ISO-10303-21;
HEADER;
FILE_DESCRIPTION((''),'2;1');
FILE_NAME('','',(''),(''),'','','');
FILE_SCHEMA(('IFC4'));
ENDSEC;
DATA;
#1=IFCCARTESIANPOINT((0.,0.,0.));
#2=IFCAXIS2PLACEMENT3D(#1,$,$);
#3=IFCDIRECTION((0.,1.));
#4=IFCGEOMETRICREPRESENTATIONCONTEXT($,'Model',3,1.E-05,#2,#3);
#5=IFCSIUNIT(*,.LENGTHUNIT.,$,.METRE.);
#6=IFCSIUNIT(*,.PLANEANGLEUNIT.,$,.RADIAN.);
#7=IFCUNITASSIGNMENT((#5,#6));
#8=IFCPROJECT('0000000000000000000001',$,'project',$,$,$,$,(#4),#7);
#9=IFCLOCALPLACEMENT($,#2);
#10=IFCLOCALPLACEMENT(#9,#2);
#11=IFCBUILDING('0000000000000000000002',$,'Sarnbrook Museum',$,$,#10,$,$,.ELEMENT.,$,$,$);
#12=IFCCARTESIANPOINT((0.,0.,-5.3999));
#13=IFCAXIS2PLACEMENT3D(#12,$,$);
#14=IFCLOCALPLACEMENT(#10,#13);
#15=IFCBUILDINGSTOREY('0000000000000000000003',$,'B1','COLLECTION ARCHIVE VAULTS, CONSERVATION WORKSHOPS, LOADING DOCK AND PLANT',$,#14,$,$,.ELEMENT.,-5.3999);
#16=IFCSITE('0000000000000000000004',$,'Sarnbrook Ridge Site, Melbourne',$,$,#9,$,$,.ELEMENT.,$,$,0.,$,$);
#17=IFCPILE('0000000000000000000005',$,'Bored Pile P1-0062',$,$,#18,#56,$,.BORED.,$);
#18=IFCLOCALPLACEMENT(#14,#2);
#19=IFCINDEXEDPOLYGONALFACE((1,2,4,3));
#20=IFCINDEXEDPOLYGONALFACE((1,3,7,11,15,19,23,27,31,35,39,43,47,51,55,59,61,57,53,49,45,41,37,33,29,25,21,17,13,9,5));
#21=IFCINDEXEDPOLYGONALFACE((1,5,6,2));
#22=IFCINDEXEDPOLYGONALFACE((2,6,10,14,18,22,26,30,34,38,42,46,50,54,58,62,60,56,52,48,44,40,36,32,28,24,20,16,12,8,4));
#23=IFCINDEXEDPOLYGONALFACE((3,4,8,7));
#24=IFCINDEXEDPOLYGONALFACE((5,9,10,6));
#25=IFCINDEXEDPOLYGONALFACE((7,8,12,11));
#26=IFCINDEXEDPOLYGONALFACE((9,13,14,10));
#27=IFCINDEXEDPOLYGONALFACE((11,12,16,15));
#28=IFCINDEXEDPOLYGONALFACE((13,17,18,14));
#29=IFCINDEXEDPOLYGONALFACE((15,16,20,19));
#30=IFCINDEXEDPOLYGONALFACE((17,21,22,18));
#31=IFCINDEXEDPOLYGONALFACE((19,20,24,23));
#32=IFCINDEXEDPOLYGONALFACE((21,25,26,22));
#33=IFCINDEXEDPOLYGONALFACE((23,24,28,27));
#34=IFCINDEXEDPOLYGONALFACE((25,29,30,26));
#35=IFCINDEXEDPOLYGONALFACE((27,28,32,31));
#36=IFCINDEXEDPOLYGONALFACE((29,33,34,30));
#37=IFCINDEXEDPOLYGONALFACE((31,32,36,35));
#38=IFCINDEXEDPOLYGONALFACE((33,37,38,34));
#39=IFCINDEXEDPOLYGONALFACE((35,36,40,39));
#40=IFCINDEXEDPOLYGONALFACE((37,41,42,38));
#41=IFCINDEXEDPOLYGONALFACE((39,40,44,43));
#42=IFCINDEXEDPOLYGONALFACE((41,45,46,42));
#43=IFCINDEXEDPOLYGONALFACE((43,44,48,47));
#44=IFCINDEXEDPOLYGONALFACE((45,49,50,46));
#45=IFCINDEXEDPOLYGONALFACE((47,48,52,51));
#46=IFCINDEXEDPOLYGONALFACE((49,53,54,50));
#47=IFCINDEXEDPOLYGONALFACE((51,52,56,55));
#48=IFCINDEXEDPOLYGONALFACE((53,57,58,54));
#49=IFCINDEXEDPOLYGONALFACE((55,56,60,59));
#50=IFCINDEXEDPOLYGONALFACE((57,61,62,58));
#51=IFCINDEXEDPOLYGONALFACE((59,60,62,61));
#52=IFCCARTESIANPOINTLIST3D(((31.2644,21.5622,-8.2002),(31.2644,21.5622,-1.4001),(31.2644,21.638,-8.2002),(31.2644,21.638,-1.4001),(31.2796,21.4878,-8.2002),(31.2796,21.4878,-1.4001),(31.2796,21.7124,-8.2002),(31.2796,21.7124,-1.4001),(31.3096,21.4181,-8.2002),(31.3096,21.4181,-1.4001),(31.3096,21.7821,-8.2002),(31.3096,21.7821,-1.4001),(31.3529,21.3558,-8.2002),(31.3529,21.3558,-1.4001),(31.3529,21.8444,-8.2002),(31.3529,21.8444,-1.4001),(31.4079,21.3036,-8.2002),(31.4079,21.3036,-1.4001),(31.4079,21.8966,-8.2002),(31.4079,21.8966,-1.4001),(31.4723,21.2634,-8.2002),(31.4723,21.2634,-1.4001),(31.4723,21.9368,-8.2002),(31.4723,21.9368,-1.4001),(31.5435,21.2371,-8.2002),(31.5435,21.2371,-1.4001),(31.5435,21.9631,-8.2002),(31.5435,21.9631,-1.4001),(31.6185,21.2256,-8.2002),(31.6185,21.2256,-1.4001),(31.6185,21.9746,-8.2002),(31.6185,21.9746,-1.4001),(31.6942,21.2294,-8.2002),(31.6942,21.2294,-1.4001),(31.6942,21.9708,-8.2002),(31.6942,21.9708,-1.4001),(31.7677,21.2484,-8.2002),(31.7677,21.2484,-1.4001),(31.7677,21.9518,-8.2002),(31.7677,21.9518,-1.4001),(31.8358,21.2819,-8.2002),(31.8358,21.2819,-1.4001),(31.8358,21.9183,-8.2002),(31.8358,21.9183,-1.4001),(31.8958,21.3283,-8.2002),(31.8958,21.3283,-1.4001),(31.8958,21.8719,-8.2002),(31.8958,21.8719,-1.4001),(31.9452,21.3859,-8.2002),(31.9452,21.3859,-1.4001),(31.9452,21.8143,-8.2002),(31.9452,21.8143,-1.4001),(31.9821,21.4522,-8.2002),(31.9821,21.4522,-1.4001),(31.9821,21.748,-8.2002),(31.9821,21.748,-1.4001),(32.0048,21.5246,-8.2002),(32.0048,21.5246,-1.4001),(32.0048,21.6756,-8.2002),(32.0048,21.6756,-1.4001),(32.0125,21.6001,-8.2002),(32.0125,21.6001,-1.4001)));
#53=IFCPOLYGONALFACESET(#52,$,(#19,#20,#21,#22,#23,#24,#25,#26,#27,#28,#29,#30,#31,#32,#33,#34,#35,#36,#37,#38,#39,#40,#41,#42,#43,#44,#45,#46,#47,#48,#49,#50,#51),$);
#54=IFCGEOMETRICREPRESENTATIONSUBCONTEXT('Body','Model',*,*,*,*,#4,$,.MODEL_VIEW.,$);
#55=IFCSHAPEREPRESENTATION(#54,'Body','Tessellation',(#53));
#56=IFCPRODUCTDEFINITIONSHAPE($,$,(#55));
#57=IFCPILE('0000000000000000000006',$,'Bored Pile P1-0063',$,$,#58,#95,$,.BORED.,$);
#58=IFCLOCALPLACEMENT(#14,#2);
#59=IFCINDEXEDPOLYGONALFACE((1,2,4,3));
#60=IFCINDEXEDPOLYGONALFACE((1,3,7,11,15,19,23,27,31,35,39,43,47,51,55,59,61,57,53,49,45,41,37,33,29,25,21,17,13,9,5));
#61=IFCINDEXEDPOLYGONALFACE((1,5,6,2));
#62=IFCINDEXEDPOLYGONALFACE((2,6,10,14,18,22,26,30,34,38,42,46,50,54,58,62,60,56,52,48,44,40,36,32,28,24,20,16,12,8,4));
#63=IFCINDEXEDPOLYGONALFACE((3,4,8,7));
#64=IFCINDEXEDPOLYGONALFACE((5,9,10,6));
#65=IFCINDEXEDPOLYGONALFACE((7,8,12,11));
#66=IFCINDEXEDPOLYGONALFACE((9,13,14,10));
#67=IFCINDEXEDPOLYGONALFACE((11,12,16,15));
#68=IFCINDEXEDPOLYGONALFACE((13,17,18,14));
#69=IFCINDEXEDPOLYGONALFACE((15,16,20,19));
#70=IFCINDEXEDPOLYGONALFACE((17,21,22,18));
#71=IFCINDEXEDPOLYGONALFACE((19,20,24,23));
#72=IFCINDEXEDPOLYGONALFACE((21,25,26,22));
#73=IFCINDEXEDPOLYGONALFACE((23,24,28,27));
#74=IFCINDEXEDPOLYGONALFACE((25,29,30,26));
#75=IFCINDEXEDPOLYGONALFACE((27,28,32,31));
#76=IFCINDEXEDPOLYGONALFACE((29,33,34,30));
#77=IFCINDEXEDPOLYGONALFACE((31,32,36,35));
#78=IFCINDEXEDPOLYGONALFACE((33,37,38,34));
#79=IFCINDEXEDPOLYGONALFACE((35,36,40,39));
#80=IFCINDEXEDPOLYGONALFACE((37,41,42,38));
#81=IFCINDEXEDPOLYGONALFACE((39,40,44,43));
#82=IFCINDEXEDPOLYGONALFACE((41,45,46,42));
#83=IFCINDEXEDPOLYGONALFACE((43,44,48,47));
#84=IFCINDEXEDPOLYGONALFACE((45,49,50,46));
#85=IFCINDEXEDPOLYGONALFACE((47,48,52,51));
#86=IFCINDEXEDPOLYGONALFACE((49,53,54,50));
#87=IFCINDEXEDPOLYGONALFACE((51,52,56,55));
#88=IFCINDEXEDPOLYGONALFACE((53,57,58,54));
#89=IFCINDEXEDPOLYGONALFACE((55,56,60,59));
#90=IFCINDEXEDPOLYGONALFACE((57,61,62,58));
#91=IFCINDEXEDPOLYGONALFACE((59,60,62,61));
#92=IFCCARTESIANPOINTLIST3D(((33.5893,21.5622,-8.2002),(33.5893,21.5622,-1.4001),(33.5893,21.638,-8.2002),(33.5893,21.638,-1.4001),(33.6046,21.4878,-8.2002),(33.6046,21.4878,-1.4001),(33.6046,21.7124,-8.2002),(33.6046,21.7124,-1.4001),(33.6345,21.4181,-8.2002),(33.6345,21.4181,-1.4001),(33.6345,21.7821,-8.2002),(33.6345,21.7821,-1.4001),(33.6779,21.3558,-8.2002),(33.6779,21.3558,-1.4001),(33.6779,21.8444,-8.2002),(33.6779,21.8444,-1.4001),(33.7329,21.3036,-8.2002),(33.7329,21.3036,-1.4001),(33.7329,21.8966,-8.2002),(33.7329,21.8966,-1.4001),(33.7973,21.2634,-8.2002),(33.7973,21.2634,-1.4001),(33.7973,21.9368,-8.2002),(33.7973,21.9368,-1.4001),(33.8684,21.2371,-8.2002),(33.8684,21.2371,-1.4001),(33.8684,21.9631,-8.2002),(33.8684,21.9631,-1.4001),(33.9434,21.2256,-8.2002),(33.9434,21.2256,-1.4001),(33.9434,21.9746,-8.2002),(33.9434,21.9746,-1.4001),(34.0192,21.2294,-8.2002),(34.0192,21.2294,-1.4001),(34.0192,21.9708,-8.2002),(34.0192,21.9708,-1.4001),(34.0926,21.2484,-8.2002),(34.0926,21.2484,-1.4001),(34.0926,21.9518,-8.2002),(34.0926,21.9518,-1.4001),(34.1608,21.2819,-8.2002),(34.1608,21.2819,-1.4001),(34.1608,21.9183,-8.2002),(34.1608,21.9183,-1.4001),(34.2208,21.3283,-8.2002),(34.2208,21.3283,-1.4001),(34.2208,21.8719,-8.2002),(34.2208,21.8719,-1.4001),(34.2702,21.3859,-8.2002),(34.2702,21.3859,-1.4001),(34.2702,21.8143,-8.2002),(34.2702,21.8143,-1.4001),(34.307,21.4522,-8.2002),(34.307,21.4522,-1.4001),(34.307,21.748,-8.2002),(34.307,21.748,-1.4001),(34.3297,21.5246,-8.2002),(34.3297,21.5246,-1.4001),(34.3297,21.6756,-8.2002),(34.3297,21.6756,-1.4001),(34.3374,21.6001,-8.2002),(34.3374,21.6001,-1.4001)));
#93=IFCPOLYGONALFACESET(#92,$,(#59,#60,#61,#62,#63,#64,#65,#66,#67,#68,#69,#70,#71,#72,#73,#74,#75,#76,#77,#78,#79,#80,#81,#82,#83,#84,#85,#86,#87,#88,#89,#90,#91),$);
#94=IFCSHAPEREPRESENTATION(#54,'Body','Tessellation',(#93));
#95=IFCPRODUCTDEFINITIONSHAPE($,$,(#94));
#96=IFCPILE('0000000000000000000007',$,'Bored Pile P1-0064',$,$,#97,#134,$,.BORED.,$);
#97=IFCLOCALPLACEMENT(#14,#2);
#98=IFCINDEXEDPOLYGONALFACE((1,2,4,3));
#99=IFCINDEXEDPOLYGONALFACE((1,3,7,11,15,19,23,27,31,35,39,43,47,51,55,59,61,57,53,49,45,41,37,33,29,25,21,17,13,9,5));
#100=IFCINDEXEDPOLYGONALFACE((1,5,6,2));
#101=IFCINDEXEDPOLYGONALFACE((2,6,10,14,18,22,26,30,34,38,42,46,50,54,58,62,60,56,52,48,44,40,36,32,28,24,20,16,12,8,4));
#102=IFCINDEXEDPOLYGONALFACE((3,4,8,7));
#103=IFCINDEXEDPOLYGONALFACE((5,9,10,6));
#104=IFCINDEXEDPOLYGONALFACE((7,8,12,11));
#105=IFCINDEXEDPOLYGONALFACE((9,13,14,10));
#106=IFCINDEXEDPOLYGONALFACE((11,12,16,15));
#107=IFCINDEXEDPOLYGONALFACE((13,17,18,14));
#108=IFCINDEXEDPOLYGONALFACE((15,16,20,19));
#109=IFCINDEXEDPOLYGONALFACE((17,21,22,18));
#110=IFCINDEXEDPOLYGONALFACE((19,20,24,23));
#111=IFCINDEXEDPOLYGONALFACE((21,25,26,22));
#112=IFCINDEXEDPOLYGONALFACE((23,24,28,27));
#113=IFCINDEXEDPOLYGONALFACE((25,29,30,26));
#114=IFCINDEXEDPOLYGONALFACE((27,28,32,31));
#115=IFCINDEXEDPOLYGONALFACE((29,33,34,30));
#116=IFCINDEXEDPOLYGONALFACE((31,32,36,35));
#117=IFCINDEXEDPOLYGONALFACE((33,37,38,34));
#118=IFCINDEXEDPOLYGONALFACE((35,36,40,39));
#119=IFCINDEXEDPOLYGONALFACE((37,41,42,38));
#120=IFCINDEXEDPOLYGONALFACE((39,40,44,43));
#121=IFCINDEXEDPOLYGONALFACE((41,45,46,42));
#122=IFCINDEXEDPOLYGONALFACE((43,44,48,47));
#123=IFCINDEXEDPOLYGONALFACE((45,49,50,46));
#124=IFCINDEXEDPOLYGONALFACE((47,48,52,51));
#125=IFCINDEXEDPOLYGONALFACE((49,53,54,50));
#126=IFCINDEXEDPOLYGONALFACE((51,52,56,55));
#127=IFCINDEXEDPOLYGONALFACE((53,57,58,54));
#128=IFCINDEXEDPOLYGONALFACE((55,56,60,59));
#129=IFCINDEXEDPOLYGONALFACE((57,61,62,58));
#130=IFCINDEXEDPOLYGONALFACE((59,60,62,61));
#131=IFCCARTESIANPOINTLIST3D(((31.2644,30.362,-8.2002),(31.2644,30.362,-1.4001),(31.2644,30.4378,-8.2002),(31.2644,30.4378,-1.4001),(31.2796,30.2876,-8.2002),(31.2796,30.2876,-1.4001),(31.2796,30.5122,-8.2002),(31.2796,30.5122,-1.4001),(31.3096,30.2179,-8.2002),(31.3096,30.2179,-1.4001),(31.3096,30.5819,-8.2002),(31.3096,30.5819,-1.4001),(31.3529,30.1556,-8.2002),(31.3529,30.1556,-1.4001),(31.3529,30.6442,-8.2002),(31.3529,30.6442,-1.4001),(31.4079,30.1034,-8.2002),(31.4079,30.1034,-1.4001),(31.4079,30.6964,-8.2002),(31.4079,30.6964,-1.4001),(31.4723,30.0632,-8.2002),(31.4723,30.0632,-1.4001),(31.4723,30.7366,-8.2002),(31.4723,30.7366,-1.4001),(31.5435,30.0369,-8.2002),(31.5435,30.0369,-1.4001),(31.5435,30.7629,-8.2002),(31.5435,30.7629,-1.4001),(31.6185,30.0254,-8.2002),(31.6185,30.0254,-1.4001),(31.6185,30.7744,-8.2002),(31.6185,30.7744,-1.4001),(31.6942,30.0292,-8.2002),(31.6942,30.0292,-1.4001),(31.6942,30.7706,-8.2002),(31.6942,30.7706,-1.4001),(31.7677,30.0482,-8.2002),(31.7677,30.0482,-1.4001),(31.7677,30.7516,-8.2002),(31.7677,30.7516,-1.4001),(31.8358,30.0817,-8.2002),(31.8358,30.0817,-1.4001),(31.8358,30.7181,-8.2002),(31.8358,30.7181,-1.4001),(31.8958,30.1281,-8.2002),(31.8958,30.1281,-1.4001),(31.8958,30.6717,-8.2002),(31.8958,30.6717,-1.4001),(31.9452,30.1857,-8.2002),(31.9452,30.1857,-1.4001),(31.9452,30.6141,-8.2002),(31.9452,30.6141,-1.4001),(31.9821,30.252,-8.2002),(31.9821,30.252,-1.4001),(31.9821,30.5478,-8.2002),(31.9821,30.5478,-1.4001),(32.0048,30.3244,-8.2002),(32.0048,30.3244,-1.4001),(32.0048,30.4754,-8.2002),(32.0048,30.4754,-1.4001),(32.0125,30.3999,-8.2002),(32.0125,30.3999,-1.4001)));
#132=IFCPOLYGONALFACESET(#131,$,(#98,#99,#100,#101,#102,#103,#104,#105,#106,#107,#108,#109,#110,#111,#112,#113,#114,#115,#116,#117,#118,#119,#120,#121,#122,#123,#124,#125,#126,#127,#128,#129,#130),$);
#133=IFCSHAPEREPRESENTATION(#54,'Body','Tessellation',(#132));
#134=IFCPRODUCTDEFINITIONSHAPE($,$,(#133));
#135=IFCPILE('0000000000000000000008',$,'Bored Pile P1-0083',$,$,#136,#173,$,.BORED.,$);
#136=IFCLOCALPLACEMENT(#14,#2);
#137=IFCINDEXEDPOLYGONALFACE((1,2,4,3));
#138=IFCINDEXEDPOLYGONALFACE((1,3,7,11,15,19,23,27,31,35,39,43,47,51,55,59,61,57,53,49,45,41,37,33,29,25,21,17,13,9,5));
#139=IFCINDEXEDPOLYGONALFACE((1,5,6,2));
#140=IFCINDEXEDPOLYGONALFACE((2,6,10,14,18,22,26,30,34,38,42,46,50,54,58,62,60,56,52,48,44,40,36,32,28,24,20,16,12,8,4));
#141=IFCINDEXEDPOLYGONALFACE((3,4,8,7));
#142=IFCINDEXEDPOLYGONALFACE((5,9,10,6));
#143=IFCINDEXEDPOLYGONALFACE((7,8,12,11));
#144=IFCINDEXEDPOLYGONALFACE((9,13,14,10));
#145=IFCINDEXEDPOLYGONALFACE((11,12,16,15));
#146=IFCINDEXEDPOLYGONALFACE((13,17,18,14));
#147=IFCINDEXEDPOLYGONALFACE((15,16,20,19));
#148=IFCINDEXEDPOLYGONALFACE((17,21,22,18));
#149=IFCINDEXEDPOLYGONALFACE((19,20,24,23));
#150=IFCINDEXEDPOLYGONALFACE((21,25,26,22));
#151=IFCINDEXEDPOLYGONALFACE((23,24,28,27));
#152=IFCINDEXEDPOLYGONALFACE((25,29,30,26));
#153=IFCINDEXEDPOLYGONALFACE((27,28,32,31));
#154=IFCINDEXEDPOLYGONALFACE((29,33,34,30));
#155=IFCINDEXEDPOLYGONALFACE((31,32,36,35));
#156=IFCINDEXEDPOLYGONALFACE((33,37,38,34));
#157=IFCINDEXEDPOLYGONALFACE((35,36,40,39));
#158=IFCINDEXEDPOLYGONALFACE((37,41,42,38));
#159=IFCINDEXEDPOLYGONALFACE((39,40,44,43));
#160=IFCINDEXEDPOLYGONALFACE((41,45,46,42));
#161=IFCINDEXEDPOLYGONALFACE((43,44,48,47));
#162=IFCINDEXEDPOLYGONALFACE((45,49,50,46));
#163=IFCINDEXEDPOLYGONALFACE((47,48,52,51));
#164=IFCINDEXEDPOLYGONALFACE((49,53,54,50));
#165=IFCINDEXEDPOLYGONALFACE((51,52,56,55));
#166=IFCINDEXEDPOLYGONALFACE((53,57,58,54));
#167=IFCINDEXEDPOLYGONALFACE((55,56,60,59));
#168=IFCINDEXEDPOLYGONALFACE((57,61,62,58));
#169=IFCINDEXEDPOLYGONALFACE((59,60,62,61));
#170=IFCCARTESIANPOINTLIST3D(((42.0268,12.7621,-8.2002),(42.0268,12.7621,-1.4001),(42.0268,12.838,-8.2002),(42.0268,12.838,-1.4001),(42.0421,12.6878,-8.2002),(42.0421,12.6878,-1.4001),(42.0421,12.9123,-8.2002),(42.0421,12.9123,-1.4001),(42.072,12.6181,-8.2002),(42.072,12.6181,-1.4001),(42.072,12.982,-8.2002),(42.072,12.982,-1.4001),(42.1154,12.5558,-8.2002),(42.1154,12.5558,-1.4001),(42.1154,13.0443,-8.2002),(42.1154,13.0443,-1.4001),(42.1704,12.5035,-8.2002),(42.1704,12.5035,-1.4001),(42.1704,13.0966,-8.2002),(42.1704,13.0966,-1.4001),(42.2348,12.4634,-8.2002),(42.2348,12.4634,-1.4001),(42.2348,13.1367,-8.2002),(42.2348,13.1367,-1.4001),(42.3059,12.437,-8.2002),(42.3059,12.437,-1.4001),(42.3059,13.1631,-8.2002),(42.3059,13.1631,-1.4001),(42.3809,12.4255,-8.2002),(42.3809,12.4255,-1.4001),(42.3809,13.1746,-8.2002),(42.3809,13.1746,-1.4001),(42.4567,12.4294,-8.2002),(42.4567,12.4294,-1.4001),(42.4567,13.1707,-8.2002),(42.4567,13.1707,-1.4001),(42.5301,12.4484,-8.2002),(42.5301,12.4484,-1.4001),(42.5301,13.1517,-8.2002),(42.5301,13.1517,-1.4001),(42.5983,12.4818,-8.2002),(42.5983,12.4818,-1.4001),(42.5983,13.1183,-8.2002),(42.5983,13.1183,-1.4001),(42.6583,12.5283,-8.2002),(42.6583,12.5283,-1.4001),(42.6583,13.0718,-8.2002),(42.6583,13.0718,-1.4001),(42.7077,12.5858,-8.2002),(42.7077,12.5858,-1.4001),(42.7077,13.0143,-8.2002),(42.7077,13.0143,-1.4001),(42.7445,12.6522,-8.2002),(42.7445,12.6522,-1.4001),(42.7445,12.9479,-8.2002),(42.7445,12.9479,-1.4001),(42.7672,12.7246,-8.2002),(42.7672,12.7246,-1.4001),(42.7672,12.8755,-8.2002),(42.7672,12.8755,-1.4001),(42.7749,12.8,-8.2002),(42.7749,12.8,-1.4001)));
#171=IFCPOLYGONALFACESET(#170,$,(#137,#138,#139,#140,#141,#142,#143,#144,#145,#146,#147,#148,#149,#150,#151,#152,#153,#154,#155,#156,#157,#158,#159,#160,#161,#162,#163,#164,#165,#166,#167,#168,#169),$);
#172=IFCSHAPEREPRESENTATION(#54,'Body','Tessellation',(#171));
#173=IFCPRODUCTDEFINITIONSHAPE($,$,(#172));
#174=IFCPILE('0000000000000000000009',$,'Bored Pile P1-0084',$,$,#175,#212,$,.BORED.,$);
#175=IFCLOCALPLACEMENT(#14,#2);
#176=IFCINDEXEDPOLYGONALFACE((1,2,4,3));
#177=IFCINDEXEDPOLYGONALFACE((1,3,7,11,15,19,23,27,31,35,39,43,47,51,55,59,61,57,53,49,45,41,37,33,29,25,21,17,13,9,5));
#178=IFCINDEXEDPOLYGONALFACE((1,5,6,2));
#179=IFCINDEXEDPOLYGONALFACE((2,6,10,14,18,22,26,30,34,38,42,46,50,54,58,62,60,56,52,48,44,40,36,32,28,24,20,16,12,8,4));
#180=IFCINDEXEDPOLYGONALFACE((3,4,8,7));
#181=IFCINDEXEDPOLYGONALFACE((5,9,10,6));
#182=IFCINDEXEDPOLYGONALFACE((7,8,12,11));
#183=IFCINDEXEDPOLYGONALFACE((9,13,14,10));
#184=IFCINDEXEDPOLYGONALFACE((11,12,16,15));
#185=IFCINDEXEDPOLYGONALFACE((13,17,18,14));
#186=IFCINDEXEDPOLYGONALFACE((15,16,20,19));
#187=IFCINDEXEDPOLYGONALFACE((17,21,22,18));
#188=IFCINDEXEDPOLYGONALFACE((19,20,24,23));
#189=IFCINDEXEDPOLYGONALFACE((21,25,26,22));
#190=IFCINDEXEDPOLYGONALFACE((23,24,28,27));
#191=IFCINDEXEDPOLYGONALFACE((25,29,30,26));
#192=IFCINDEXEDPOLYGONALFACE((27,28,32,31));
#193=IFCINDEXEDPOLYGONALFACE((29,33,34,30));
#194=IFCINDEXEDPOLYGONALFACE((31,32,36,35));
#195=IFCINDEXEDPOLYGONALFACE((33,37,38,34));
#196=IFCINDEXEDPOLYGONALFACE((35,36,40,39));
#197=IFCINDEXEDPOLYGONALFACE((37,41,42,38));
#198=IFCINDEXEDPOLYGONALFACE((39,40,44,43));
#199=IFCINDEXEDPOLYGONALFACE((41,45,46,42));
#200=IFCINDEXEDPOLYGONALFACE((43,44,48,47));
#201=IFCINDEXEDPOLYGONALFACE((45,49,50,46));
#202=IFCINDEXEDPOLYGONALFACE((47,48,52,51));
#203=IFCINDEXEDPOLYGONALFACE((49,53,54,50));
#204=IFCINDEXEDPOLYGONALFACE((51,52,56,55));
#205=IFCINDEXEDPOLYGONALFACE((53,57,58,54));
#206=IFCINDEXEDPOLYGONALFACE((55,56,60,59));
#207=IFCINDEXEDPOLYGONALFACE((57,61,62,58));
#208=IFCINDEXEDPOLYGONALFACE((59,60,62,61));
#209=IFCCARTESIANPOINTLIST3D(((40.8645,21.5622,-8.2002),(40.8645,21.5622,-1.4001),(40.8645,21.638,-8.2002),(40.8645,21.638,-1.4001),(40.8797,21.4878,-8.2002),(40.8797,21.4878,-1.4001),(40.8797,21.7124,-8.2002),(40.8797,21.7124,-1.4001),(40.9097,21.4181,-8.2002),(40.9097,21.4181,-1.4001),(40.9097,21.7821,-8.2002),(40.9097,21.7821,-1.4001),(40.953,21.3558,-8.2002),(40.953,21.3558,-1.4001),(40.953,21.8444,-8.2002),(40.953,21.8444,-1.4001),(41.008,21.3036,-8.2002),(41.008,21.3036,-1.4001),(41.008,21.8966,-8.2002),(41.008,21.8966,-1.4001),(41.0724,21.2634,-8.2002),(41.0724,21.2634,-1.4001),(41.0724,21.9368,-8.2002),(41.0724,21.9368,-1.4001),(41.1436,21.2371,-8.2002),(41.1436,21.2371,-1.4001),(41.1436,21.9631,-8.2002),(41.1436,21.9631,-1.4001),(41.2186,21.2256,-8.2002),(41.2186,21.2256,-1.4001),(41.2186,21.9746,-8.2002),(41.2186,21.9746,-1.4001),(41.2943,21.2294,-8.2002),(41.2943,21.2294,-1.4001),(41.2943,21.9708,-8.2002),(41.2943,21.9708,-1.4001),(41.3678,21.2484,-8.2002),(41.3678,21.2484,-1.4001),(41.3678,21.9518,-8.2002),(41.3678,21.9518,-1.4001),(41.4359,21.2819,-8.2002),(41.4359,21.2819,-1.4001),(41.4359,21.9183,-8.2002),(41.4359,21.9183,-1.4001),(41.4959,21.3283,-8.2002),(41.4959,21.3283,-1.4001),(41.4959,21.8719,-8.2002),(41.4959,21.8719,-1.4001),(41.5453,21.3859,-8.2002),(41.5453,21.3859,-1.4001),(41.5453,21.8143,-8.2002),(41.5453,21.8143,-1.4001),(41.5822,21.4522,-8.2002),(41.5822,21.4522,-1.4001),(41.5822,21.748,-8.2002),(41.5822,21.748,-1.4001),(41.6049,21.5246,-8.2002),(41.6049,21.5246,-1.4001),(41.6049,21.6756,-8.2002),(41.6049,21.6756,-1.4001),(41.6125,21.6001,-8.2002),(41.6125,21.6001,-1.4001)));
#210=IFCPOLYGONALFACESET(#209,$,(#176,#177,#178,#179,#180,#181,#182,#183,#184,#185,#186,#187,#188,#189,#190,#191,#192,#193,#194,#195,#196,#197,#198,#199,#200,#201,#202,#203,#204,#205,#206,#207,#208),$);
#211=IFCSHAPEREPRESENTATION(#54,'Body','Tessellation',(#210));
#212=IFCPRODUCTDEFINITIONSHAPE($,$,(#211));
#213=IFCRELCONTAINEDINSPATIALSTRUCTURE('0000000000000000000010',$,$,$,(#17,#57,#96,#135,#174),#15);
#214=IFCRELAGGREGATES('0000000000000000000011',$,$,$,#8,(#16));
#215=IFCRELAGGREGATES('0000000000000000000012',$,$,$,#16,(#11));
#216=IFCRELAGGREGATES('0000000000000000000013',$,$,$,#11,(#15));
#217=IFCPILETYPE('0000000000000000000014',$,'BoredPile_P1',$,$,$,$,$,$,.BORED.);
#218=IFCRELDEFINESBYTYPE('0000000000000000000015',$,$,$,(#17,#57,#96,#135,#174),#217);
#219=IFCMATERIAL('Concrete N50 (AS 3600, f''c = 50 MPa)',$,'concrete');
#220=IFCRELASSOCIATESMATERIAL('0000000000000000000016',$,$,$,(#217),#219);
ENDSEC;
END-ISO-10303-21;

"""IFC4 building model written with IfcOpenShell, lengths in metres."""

from ifc_helpers import new_model, si_unit, direction, frame, origin, origin_2d, place, context, subcontext, project, spatial, circle, extrude, material, material_profile, profile_set, type_object, element, save


model = new_model("IFC4")

# Units and contexts
model_context = context("Model", 3, precision=1e-05, world=origin(), true_north=direction((0.0, 1.0)))
body_context = subcontext(model_context, "Body", "Model", "MODEL_VIEW")
ifc_project = project(units=[si_unit("LENGTHUNIT", "METRE"), si_unit("PLANEANGLEUNIT", "RADIAN")], contexts=[model_context])

# Site, building, storey
site_placement = place(None, origin())
site = spatial("IfcSite", under=ifc_project, at=site_placement, Name="Sarnbrook Ridge Site, Melbourne", CompositionType="ELEMENT", RefElevation=0.0)
building_placement = place(site_placement, origin())
building = spatial("IfcBuilding", under=site, at=building_placement, Name="Sarnbrook Museum", CompositionType="ELEMENT")
storey_placement = place(building_placement, frame((0.0, 0.0, -5.3999)))
storey = spatial("IfcBuildingStorey", under=building, at=storey_placement, Name="B1", Description="COLLECTION ARCHIVE VAULTS, CONSERVATION WORKSHOPS, LOADING DOCK AND PLANT", CompositionType="ELEMENT", Elevation=-5.3999)

# Piles
ifc_material_1 = material(Name="Concrete N50 (AS 3600, f'c = 50 MPa)", Category="concrete")
ifc_material_profile_1 = material_profile(ifc_material_1, circle(Radius=0.375, at=origin_2d()), Name="BORED PILE D750")
ifc_profile_set_1 = profile_set([ifc_material_profile_1], Name="Concrete N50 (AS 3600, f'c = 50 MPa)")
pile_type = type_object("IfcPileType", Name="BoredPile_P1", PredefinedType="BORED", material=ifc_profile_set_1)
for number, where, z_axis, x_axis, name in (
    (1, (31.6375, 21.6001, -1.4001), (0.0, 0.0, -1.0), (1.0, 0.0, 0.0), "Bored Pile P1-0062"),
    (2, (33.9624, 21.6001, -1.4001), (0.0, 0.0, -1.0), (1.0, 0.0, 0.0), "Bored Pile P1-0063"),
    (3, (31.6375, 30.3999, -1.4001), (0.0, 0.0, -1.0), (1.0, 0.0, 0.0), "Bored Pile P1-0064"),
    (4, (42.3999, 12.8, -1.4001), (0.0, 0.0, -1.0), (1.0, 0.0, 0.0), "Bored Pile P1-0083"),
    (5, (41.2375, 21.6001, -1.4001), (0.0, 0.0, -1.0), (1.0, 0.0, 0.0), "Bored Pile P1-0084"),
):
    element("IfcPile", number, at=place(storey_placement, frame(where, z_axis=z_axis, x_axis=x_axis)), inside=storey, type_object=pile_type, Name=name, PredefinedType="BORED", context=body_context, shape_type="SweptSolid", body=[
        extrude(circle(Radius=0.375, at=origin_2d()), origin(), (0.0, 0.0, 1.0), 6.8),
    ])

save(model, "model.ifc")
